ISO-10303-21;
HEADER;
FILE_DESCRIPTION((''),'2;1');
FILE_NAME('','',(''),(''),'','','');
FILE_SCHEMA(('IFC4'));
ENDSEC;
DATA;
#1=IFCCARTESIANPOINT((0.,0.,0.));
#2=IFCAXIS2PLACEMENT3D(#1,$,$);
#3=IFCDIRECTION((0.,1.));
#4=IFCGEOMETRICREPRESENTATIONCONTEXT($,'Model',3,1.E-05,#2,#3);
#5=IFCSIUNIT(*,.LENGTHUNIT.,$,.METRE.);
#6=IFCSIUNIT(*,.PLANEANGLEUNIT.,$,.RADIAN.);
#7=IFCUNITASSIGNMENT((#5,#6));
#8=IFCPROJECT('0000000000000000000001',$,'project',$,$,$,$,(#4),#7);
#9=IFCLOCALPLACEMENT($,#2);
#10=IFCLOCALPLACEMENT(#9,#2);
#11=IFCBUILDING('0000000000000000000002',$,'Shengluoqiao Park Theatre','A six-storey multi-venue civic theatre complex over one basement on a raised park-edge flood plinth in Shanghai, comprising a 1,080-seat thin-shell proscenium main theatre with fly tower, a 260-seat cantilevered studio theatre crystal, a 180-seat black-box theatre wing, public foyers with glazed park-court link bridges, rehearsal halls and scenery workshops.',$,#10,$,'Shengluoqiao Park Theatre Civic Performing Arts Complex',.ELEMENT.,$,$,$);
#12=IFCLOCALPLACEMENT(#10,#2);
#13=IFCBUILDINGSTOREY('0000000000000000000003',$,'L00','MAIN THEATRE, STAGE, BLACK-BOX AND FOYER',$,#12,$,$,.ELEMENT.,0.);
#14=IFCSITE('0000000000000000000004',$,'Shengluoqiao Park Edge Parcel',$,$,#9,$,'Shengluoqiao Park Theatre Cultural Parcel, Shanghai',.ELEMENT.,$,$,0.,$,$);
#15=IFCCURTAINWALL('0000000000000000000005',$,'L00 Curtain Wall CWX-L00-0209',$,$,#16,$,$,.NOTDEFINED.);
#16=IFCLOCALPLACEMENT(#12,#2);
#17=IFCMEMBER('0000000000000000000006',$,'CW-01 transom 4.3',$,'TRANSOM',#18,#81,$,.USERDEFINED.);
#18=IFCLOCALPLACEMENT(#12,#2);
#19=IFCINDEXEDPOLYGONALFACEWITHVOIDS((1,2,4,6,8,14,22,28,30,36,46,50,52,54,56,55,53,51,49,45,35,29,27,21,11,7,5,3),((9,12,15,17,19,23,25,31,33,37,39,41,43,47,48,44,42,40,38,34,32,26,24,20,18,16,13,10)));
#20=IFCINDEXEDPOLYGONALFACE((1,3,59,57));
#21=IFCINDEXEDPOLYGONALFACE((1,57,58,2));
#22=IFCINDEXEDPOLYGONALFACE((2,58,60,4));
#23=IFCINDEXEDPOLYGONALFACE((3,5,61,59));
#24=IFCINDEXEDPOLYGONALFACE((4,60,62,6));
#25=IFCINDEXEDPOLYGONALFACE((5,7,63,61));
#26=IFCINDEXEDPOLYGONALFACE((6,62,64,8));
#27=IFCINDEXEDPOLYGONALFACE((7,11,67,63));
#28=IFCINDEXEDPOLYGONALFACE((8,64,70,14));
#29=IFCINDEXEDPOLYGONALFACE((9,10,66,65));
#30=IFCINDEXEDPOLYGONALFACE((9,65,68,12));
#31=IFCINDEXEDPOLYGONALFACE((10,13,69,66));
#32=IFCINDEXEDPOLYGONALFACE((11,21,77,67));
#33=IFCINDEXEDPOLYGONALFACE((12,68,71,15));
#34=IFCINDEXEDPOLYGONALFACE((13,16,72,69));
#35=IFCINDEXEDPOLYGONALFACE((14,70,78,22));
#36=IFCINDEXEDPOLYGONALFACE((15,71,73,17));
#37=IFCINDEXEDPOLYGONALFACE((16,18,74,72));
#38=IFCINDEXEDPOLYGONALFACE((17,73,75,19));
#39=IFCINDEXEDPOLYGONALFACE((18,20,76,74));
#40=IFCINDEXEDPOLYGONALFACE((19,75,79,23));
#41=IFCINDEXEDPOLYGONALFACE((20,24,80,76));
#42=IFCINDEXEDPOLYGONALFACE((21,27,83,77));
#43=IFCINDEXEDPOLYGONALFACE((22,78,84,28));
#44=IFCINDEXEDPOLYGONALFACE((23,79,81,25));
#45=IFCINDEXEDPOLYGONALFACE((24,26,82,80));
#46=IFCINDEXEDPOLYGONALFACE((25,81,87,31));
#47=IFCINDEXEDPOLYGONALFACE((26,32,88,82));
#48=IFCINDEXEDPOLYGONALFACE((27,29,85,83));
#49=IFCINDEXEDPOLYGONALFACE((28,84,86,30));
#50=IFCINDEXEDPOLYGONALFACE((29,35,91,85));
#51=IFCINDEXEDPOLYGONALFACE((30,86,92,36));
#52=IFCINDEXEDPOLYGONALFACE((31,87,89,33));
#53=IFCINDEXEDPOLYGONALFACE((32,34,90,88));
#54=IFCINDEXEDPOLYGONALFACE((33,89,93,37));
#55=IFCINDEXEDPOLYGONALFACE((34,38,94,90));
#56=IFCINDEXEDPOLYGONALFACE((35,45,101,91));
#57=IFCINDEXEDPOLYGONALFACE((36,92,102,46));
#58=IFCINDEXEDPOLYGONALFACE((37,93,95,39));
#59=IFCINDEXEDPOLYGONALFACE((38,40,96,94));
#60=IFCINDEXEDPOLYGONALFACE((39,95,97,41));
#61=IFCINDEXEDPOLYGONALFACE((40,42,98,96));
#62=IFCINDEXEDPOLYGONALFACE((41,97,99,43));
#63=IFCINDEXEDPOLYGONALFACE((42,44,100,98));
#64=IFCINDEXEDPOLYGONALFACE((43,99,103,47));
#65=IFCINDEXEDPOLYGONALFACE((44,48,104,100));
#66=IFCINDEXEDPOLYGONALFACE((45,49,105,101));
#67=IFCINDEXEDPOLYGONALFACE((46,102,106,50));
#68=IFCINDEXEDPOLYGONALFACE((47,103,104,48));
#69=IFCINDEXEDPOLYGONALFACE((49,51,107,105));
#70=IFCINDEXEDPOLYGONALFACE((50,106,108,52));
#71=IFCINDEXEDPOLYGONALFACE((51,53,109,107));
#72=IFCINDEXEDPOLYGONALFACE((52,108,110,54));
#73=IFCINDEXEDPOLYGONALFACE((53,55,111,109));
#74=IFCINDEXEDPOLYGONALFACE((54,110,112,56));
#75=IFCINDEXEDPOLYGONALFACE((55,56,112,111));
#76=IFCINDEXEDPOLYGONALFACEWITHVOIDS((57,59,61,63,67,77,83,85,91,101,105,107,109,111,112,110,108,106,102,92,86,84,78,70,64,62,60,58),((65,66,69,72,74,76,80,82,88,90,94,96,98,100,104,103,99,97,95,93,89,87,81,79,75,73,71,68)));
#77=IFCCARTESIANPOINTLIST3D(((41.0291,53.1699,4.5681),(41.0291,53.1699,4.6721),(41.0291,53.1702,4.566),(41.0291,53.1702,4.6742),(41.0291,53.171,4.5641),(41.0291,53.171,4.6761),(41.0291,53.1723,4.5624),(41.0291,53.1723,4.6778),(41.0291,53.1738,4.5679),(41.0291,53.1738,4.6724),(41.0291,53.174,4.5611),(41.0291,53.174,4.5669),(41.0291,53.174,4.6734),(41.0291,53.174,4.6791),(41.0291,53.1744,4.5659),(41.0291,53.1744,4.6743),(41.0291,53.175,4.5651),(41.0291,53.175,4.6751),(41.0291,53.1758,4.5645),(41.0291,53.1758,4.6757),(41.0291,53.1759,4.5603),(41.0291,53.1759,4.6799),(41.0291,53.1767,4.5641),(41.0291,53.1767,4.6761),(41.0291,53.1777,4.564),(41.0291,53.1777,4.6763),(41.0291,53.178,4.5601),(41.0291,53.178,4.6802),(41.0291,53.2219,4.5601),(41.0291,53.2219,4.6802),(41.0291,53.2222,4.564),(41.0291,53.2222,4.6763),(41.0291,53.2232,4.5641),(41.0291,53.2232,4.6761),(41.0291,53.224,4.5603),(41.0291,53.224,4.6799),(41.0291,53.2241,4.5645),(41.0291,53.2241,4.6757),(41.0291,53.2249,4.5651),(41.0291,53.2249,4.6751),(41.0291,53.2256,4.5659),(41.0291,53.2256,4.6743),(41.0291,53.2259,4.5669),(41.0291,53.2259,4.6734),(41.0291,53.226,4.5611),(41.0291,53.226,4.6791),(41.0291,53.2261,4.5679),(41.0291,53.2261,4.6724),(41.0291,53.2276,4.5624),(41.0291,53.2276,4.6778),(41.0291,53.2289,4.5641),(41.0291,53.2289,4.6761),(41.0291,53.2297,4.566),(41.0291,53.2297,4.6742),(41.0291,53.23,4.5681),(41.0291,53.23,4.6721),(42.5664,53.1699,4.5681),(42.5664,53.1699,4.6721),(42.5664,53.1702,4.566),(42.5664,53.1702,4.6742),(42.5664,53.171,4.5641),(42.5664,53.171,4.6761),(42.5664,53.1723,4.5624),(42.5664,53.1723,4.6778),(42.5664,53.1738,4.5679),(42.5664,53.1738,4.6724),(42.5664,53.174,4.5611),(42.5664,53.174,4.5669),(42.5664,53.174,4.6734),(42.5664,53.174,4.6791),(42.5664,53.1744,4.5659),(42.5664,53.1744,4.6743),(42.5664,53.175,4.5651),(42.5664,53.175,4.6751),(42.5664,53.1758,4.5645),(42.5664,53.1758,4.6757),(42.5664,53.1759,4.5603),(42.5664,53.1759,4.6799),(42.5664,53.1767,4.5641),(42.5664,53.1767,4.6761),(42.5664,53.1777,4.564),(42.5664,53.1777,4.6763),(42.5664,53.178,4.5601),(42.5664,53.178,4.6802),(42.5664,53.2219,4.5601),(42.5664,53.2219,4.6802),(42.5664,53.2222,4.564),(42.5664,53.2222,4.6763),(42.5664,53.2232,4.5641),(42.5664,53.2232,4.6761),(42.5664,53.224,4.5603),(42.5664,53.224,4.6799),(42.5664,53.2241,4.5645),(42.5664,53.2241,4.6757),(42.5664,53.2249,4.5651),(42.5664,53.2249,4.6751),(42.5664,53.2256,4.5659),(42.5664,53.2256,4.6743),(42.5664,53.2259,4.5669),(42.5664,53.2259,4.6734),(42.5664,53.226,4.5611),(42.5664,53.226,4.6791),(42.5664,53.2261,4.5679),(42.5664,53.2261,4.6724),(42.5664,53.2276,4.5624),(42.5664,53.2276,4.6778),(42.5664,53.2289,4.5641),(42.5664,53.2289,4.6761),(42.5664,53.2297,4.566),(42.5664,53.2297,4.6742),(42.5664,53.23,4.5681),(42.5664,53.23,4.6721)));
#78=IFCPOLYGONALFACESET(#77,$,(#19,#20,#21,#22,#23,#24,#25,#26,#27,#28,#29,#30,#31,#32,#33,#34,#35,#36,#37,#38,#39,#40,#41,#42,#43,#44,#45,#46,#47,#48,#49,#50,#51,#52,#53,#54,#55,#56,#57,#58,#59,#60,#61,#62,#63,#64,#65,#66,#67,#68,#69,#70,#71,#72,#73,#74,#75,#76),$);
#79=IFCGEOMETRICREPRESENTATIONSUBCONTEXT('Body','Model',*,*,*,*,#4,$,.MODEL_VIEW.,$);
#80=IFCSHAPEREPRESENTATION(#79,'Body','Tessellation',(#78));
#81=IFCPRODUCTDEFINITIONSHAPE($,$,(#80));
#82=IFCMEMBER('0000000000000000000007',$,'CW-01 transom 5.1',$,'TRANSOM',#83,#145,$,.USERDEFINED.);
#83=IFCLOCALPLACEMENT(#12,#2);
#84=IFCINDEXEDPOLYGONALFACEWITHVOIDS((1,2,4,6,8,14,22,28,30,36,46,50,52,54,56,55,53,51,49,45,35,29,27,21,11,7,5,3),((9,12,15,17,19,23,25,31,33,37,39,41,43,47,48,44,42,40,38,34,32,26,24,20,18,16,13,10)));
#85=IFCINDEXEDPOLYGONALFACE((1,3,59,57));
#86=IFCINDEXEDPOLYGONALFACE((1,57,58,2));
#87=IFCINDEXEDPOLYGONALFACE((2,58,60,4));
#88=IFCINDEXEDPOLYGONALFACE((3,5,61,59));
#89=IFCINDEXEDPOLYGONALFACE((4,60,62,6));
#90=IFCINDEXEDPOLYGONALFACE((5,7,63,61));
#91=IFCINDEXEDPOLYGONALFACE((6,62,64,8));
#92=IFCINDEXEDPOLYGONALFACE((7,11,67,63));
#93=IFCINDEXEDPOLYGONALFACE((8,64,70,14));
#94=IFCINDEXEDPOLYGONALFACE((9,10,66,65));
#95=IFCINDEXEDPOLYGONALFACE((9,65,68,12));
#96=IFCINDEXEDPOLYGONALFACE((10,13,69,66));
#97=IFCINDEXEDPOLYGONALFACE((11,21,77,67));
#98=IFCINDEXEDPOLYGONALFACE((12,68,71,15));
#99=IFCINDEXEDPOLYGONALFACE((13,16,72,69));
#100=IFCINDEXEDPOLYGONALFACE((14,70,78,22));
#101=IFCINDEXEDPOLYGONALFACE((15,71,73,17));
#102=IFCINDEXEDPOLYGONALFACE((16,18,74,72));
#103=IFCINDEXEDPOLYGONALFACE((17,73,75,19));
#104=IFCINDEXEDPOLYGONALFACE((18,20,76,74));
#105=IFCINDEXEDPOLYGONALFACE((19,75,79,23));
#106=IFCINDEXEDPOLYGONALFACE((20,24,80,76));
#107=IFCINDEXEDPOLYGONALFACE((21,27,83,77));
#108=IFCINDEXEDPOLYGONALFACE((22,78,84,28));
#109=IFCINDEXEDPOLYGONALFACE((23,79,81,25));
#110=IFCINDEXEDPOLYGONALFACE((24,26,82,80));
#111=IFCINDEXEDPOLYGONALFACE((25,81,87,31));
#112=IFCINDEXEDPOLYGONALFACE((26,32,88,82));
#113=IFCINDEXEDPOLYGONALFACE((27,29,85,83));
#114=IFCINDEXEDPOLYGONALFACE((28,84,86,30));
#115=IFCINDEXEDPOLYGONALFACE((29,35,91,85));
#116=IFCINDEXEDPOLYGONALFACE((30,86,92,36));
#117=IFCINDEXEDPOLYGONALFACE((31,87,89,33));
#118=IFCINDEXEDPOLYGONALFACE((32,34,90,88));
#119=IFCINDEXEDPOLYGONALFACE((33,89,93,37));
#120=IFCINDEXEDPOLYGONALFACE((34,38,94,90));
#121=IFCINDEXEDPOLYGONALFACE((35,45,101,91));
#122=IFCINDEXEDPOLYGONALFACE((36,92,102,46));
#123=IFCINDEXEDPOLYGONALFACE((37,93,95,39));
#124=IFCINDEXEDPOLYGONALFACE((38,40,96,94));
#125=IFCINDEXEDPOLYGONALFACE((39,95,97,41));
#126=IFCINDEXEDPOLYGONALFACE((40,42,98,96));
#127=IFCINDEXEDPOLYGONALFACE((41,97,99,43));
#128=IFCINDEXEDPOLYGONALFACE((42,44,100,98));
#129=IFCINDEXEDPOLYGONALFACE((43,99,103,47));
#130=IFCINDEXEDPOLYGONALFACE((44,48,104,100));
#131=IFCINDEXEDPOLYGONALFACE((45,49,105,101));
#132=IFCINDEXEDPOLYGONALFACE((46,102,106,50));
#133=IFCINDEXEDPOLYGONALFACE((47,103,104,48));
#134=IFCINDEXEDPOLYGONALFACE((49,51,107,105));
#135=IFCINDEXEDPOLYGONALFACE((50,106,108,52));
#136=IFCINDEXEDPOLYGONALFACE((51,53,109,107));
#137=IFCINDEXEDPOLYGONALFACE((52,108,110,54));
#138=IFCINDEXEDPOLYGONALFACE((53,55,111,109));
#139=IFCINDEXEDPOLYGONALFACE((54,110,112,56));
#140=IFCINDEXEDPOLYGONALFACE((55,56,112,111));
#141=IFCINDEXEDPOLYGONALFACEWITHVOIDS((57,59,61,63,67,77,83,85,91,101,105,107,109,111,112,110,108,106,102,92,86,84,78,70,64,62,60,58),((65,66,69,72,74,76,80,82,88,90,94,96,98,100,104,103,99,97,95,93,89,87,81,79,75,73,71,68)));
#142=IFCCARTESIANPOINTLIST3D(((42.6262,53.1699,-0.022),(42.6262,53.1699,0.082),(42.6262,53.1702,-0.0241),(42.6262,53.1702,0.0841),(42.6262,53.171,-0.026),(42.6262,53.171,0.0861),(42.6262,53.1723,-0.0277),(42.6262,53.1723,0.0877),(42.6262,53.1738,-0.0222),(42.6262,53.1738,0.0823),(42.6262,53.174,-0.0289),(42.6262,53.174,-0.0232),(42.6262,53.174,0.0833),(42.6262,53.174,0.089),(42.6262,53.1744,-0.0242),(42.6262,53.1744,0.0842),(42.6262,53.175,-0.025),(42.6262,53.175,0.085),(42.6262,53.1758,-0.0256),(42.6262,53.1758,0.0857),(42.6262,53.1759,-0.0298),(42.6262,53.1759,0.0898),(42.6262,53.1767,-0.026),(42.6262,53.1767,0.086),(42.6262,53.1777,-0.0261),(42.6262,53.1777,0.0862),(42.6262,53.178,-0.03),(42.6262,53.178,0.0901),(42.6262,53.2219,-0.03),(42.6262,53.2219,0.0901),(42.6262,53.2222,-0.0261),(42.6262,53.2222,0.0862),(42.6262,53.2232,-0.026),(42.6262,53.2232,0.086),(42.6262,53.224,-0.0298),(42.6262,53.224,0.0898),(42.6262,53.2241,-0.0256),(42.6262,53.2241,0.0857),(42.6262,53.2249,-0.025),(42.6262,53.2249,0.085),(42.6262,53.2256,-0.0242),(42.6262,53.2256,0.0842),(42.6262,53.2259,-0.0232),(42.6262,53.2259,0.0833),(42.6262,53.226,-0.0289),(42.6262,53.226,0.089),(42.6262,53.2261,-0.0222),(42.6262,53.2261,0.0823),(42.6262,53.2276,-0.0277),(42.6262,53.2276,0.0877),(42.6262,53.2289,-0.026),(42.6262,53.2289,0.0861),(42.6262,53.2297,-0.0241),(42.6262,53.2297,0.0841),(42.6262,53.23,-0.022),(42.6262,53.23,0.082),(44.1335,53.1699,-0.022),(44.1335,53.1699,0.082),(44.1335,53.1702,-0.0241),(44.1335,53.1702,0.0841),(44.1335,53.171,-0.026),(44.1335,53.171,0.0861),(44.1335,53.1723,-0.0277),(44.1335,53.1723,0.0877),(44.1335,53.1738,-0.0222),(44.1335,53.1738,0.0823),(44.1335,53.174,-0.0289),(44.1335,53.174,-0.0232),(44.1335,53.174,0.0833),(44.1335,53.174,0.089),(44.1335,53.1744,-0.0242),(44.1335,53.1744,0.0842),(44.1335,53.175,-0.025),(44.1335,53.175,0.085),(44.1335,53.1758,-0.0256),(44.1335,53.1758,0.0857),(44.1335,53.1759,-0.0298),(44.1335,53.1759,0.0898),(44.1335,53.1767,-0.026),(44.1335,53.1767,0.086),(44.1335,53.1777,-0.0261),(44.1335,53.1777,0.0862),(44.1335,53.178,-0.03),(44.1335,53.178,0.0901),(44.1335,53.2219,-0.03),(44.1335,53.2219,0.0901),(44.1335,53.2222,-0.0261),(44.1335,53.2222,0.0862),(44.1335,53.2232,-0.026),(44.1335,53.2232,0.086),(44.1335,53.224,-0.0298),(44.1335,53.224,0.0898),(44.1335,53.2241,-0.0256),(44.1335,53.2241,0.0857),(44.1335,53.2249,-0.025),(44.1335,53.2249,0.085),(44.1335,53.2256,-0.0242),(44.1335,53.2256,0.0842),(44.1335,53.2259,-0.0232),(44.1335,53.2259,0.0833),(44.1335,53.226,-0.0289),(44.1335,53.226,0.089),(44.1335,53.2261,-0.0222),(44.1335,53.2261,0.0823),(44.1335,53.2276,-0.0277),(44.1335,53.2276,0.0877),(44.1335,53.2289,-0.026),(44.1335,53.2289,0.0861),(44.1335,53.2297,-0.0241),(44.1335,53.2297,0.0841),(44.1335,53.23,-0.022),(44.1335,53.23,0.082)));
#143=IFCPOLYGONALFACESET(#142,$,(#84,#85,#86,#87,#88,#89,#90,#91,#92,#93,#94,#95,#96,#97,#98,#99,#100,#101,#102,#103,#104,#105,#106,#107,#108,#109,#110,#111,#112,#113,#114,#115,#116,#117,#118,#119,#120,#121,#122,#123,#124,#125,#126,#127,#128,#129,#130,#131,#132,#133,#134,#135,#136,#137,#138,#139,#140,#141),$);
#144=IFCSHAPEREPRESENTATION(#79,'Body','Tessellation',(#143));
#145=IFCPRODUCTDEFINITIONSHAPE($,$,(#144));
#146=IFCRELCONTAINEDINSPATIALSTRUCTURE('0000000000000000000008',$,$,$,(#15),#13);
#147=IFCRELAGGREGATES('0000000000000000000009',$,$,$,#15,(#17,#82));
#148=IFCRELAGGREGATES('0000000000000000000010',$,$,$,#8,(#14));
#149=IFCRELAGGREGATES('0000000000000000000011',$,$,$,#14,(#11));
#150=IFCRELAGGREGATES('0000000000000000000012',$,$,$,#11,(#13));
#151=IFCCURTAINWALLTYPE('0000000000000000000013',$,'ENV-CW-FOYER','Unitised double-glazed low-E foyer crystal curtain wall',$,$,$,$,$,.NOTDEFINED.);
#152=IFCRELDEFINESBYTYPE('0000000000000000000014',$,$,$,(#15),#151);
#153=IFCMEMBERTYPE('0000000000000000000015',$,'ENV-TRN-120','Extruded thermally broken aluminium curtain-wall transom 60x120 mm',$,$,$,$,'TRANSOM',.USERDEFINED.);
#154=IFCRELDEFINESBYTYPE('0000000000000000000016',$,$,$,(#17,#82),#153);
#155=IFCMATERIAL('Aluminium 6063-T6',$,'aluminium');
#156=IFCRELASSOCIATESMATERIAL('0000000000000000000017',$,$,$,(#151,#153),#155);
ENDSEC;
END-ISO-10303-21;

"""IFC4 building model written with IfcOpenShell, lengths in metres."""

from ifc_helpers import new_model, si_unit, direction, frame, origin, origin_2d, place, context, subcontext, project, spatial, hollow_rectangle, extrude, material, material_profile, profile_set, type_object, element, aggregate, save


model = new_model("IFC4")

# Units and contexts
model_context = context("Model", 3, precision=1e-05, world=origin(), true_north=direction((0.0, 1.0)))
body_context = subcontext(model_context, "Body", "Model", "MODEL_VIEW")
ifc_project = project(units=[si_unit("LENGTHUNIT", "METRE"), si_unit("PLANEANGLEUNIT", "RADIAN")], contexts=[model_context])

# Site, building, storey
site_placement = place(None, origin())
site = spatial("IfcSite", under=ifc_project, at=site_placement, Name="Shengluoqiao Park Edge Parcel", LongName="Shengluoqiao Park Theatre Cultural Parcel, Shanghai", CompositionType="ELEMENT", RefElevation=0.0)
building_placement = place(site_placement, origin())
building = spatial("IfcBuilding", under=site, at=building_placement, Name="Shengluoqiao Park Theatre", Description="A six-storey multi-venue civic theatre complex over one basement on a raised park-edge flood plinth in Shanghai, comprising a 1,080-seat thin-shell proscenium main theatre with fly tower, a 260-seat cantilevered studio theatre crystal, a 180-seat black-box theatre wing, public foyers with glazed park-court link bridges, rehearsal halls and scenery workshops.", LongName="Shengluoqiao Park Theatre Civic Performing Arts Complex", CompositionType="ELEMENT")
storey_placement = place(building_placement, origin())
storey = spatial("IfcBuildingStorey", under=building, at=storey_placement, Name="L00", Description="MAIN THEATRE, STAGE, BLACK-BOX AND FOYER", CompositionType="ELEMENT", Elevation=0.0)

# Curtain wall
ifc_material_1 = material(Name="Aluminium 6063-T6", Category="aluminium")
curtain_wall_type_1 = type_object("IfcCurtainWallType", Name="ENV-CW-FOYER", Description="Unitised double-glazed low-E foyer crystal curtain wall", PredefinedType="NOTDEFINED", material=ifc_material_1)
curtain_wall_1_placement = place(storey_placement, origin())
curtain_wall_1 = element("IfcCurtainWall", 1, at=curtain_wall_1_placement, inside=storey, type_object=curtain_wall_type_1, Name="L00 Curtain Wall CWX-L00-0209", PredefinedType="NOTDEFINED")

# Members
ifc_material_profile_1 = material_profile(ifc_material_1, hollow_rectangle(XDim=0.0601, YDim=0.1201, WallThickness=0.0039, InnerFilletRadius=0.0039, OuterFilletRadius=0.0081, at=origin_2d()), Name="ALU TRANSOM 120x60x4")
ifc_profile_set_1 = profile_set([ifc_material_profile_1], Name="Aluminium 6063-T6")
member_type_1 = type_object("IfcMemberType", Name="ENV-TRN-120", Description="Extruded thermally broken aluminium curtain-wall transom 60x120 mm", ElementType="TRANSOM", PredefinedType="USERDEFINED", material=ifc_profile_set_1)
member_1_placement = place(storey_placement, frame((41.0291, 53.2, 4.6201), z_axis=(1.0, 0.0, 0.0), x_axis=(0.0, 1.0, 0.0)))
member_1 = element("IfcMember", 2, at=member_1_placement, type_object=member_type_1, Name="CW-01 transom 4.3", ObjectType="TRANSOM", PredefinedType="USERDEFINED", context=body_context, shape_type="SweptSolid", body=[
    extrude(hollow_rectangle(XDim=0.0601, YDim=0.1201, WallThickness=0.0039, InnerFilletRadius=0.0039, OuterFilletRadius=0.0081, at=origin_2d()), origin(), (0.0, 0.0, 1.0), 1.5374),
])
member_2_placement = place(storey_placement, frame((42.6262, 53.2, 0.03), z_axis=(1.0, 0.0, 0.0), x_axis=(0.0, 1.0, 0.0)))
member_2 = element("IfcMember", 3, at=member_2_placement, type_object=member_type_1, Name="CW-01 transom 5.1", ObjectType="TRANSOM", PredefinedType="USERDEFINED", context=body_context, shape_type="SweptSolid", body=[
    extrude(hollow_rectangle(XDim=0.0601, YDim=0.1201, WallThickness=0.0039, InnerFilletRadius=0.0039, OuterFilletRadius=0.0081, at=origin_2d()), origin(), (0.0, 0.0, 1.0), 1.5073),
])

aggregate(curtain_wall_1, [member_1, member_2])

save(model, "model.ifc")
